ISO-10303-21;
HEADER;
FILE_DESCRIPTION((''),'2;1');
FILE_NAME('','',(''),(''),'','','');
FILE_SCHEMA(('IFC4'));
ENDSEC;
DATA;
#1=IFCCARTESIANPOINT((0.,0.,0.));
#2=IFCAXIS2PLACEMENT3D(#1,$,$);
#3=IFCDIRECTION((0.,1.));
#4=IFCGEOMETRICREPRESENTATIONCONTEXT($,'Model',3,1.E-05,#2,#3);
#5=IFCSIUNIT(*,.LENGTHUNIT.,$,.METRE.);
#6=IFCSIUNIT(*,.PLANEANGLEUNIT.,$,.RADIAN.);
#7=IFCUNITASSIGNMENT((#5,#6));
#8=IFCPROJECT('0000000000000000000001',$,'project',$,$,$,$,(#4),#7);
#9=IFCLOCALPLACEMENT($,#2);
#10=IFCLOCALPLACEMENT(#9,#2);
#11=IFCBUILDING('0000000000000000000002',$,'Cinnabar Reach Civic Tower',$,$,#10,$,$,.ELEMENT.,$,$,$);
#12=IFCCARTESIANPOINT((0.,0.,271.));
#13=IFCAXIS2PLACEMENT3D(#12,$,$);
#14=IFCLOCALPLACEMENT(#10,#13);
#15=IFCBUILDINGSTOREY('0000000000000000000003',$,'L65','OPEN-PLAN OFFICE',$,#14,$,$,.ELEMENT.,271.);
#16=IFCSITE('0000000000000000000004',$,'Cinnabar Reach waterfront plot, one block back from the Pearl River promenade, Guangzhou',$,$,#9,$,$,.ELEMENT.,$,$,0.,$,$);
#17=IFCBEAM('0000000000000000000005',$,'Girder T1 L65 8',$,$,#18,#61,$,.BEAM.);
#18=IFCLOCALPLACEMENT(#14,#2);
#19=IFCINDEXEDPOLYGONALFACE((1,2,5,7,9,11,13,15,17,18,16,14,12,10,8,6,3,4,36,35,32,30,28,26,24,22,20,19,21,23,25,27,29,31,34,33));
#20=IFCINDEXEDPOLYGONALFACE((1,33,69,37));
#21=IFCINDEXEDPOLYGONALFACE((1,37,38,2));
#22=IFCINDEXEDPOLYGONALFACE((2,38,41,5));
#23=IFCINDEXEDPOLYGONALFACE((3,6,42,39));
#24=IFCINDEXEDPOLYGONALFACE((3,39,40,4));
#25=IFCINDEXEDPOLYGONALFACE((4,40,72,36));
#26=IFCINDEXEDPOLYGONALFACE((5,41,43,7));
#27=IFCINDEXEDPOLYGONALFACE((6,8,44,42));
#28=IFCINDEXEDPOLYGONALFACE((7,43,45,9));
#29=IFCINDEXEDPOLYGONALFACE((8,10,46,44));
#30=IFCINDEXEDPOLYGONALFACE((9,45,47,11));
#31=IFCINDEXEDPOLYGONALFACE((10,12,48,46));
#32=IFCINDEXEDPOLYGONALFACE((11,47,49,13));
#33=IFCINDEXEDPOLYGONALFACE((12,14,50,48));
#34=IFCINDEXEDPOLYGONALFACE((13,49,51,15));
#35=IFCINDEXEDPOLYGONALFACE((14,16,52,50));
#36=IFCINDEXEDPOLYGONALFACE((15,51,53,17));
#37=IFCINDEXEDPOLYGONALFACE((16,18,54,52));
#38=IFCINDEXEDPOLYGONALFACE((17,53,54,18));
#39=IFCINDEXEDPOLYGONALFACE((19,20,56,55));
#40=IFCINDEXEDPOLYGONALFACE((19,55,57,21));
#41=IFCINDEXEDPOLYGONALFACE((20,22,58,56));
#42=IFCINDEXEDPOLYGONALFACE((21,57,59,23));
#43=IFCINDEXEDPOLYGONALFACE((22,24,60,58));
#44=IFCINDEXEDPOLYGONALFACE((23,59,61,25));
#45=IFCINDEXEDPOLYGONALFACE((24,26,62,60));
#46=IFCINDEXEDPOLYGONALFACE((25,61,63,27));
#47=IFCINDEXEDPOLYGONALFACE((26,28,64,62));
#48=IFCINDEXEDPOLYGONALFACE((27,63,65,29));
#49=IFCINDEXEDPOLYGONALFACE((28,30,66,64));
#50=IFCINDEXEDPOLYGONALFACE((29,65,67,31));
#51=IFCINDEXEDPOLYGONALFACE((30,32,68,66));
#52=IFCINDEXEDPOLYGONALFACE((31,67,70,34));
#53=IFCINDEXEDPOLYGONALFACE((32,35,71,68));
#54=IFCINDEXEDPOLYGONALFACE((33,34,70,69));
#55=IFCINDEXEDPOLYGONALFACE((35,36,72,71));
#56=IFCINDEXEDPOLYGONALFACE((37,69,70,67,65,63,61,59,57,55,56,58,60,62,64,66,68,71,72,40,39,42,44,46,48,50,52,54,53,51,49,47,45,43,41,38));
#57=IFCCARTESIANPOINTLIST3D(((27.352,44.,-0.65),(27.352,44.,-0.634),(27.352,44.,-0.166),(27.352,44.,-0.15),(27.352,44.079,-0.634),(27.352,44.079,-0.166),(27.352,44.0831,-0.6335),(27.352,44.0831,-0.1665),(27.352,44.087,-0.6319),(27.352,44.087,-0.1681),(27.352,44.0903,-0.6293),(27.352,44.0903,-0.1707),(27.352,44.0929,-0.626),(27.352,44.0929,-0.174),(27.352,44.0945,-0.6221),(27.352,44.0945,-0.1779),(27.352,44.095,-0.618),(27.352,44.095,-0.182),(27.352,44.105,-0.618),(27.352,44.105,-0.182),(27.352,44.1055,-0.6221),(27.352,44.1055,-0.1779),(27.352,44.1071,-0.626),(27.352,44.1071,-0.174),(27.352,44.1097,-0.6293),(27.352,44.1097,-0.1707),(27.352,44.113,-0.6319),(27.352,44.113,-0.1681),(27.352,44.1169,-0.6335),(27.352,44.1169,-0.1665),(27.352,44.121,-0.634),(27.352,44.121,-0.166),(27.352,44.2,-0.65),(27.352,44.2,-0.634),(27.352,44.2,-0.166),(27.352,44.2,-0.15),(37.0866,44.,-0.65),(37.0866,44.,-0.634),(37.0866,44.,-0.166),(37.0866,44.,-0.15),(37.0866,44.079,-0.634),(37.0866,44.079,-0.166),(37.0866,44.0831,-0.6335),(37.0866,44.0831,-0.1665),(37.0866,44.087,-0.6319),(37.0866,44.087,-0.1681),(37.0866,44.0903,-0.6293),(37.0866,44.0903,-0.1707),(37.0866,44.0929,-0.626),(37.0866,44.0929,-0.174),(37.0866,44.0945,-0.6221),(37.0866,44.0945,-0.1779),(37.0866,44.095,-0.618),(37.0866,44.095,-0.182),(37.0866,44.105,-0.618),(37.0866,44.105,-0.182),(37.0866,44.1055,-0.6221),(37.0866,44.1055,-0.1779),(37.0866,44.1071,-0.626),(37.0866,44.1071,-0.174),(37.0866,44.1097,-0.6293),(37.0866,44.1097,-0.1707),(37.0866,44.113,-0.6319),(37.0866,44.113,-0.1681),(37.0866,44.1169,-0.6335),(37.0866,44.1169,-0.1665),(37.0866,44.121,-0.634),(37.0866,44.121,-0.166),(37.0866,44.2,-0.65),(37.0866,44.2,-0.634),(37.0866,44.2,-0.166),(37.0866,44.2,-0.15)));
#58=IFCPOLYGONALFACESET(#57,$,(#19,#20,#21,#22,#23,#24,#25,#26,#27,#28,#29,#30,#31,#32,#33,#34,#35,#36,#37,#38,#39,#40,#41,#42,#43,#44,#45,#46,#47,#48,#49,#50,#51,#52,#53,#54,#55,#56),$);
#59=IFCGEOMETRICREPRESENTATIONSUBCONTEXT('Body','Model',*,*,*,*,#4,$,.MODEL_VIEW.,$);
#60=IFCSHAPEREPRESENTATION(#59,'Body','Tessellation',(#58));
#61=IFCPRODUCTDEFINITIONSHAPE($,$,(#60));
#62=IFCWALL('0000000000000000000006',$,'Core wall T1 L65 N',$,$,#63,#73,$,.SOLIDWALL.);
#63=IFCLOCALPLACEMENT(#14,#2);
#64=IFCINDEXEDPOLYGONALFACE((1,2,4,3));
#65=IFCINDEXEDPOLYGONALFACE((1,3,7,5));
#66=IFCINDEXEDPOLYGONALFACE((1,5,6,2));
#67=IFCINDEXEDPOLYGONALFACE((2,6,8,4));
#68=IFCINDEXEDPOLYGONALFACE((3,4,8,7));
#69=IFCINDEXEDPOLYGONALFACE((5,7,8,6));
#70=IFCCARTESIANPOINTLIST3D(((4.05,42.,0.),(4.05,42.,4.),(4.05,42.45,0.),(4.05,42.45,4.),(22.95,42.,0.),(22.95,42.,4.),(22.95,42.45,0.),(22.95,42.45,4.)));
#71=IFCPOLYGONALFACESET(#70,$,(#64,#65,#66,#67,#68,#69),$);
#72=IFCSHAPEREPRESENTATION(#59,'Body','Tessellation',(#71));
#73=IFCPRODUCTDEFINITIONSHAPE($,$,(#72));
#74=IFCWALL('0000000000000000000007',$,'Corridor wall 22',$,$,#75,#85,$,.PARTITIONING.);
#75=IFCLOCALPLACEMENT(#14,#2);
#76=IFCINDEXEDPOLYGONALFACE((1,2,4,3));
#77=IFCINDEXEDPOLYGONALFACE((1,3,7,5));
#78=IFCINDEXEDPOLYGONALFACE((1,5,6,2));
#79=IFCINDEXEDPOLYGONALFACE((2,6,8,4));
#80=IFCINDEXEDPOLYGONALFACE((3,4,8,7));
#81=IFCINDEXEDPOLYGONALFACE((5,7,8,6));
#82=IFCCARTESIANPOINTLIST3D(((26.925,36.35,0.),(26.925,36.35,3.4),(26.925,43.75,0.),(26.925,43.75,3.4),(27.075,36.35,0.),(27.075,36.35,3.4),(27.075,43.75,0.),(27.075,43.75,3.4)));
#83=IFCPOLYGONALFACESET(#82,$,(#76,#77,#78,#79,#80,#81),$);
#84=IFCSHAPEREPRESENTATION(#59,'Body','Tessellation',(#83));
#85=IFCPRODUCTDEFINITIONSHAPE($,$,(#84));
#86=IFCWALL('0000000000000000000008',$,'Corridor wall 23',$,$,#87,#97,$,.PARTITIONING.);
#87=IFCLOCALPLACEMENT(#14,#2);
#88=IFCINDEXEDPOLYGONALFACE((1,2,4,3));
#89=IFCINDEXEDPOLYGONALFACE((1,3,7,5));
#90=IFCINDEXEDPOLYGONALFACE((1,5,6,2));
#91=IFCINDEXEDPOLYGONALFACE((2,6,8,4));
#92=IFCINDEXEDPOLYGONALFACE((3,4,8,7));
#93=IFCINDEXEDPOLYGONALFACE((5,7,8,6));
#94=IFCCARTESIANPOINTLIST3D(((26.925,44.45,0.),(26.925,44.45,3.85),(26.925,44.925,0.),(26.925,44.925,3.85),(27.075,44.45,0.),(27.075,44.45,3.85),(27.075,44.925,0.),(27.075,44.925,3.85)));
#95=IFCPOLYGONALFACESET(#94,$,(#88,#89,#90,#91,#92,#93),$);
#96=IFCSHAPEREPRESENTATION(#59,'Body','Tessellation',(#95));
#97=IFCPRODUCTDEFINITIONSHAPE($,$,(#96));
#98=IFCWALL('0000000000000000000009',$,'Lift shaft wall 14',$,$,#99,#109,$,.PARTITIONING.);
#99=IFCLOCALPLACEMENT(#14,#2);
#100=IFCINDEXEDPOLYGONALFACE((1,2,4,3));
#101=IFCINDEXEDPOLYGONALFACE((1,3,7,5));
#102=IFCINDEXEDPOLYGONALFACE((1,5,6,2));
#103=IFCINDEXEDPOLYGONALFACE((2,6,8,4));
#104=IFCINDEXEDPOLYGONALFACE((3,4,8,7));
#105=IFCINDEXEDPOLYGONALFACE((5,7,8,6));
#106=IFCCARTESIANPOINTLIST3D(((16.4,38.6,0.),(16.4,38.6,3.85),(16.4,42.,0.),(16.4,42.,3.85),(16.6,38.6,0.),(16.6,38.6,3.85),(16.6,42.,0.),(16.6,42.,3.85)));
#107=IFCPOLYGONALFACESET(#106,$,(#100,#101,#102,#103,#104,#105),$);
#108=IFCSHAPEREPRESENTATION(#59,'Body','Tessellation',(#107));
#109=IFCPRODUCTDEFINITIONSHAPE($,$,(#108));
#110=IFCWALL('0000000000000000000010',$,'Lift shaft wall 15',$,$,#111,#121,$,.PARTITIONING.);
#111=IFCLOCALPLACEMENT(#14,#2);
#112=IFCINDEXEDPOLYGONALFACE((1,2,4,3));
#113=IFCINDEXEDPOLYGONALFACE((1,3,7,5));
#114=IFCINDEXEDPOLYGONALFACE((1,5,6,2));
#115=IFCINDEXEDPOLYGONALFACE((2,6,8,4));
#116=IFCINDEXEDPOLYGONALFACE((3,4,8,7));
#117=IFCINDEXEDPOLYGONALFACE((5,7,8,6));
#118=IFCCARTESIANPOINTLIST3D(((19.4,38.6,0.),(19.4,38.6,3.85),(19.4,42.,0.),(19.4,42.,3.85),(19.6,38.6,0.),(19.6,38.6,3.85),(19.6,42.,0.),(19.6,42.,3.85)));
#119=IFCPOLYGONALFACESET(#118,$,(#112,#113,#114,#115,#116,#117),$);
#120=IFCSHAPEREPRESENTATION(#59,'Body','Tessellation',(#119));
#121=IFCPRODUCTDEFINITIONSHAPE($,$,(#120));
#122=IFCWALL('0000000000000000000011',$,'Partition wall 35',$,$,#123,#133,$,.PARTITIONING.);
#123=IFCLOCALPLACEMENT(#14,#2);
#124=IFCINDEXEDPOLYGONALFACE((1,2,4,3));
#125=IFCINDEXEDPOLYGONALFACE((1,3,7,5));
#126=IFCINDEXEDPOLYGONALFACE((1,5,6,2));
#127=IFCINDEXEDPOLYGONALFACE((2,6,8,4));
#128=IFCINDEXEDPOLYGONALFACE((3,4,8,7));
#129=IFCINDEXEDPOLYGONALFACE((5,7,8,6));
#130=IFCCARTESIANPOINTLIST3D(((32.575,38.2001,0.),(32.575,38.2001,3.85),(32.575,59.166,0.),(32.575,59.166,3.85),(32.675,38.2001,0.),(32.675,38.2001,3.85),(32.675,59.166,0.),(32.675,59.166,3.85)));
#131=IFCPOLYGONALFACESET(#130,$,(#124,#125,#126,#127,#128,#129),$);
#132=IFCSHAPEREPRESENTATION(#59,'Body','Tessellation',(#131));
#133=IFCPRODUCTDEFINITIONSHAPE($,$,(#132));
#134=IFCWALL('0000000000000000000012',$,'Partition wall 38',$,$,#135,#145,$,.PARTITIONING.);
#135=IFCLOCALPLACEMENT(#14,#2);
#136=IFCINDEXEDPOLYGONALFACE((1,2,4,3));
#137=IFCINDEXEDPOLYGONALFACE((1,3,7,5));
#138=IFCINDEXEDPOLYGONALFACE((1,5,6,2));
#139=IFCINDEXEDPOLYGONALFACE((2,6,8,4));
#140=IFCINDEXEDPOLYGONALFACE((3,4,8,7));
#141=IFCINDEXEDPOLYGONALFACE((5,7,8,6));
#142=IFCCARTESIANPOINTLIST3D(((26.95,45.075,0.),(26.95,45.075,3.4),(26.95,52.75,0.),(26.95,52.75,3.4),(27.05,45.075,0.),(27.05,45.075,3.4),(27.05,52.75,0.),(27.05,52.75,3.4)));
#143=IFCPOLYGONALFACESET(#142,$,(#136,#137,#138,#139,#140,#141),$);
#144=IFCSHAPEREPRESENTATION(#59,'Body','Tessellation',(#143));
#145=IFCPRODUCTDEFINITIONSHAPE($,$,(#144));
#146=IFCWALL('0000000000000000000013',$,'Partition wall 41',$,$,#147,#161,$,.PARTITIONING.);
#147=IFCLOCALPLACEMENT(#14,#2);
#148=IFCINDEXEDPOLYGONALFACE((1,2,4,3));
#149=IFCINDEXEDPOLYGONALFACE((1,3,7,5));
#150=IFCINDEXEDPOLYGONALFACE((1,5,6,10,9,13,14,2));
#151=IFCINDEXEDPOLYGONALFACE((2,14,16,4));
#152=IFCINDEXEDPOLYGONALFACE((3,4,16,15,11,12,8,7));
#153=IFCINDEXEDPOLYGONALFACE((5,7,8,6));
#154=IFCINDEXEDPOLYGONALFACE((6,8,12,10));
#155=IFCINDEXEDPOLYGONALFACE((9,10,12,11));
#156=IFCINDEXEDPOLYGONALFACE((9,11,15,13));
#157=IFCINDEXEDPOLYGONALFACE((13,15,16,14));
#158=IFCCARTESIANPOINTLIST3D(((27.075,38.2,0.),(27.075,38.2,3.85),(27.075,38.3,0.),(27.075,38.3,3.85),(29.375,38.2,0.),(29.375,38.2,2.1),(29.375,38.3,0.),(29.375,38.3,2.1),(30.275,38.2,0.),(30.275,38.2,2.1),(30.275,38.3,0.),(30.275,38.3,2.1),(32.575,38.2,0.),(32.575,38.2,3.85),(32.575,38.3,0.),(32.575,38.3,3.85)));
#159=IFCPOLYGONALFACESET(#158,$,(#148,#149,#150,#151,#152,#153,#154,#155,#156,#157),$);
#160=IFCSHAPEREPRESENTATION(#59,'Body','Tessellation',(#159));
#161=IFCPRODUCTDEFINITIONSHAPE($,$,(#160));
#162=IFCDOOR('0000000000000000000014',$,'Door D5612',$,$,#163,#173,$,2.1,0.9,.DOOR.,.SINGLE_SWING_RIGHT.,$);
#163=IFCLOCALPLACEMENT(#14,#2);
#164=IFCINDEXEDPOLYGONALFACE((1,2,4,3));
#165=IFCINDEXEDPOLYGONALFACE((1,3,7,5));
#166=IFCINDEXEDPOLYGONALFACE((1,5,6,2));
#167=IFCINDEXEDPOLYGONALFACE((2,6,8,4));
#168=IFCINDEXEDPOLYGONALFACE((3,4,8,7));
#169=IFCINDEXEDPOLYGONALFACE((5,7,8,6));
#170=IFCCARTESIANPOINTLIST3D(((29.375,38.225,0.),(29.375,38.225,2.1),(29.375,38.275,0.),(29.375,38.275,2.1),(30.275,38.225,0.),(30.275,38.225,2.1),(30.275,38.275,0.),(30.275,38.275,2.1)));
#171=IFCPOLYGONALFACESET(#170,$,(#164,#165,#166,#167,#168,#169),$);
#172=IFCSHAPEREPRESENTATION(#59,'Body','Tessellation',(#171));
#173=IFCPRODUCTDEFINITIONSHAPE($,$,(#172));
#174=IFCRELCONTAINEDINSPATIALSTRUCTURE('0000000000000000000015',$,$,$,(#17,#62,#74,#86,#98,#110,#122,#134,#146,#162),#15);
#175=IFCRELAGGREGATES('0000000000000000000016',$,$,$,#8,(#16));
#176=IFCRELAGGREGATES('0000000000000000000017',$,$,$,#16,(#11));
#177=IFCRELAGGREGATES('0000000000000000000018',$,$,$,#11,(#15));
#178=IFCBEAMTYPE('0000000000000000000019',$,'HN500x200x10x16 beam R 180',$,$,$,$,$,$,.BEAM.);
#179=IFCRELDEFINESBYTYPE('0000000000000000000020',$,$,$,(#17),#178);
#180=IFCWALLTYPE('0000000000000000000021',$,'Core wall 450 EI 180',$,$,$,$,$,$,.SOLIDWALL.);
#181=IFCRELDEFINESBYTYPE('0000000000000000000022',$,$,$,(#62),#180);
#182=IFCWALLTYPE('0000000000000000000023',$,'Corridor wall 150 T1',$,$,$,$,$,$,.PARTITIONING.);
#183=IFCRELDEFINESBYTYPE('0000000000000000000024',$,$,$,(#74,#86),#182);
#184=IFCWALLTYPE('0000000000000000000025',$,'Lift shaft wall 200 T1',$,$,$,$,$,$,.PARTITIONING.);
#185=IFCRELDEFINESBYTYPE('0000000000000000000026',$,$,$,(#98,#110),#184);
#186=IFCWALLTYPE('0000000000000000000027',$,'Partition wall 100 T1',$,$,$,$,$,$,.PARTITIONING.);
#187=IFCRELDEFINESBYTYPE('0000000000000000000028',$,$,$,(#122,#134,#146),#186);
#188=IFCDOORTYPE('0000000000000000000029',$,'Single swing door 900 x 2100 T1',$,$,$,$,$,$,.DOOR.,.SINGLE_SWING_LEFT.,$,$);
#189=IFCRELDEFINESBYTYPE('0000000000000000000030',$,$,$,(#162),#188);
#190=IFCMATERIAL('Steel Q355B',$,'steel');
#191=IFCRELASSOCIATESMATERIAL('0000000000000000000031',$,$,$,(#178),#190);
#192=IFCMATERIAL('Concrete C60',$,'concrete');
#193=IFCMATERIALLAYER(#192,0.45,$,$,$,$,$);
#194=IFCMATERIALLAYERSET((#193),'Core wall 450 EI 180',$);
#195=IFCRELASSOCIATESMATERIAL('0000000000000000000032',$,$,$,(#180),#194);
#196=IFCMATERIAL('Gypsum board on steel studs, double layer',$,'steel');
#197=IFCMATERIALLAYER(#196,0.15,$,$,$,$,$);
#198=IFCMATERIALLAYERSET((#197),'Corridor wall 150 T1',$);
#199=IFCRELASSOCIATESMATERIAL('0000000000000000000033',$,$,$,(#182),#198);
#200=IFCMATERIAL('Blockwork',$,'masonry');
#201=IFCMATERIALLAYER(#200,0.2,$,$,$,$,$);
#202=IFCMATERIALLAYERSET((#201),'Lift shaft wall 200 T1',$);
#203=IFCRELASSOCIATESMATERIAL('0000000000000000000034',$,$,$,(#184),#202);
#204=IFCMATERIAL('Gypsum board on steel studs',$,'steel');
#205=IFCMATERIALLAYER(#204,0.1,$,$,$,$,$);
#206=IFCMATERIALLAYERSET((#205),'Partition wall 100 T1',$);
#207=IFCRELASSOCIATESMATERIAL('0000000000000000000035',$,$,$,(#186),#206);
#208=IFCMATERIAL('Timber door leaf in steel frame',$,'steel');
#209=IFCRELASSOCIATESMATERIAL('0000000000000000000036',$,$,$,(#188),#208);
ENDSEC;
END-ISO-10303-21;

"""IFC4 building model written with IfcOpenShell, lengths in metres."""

from ifc_helpers import new_model, si_unit, direction, frame, frame_2d, origin, origin_2d, place, context, subcontext, project, spatial, rectangle, i_section, extrude, material, layer, layer_set, material_profile, profile_set, type_object, element, fill, save


model = new_model("IFC4")

# Units and contexts
model_context = context("Model", 3, precision=1e-05, world=origin(), true_north=direction((0.0, 1.0)))
body_context = subcontext(model_context, "Body", "Model", "MODEL_VIEW")
ifc_project = project(units=[si_unit("LENGTHUNIT", "METRE"), si_unit("PLANEANGLEUNIT", "RADIAN")], contexts=[model_context])

# Site, building, storey
site_placement = place(None, origin())
site = spatial("IfcSite", under=ifc_project, at=site_placement, Name="Cinnabar Reach waterfront plot, one block back from the Pearl River promenade, Guangzhou", CompositionType="ELEMENT", RefElevation=0.0)
building_placement = place(site_placement, origin())
building = spatial("IfcBuilding", under=site, at=building_placement, Name="Cinnabar Reach Civic Tower", CompositionType="ELEMENT")
storey_placement = place(building_placement, frame((0.0, 0.0, 271.0)))
storey = spatial("IfcBuildingStorey", under=building, at=storey_placement, Name="L65", Description="OPEN-PLAN OFFICE", CompositionType="ELEMENT", Elevation=271.0)

# Shared definitions
ifc_material_1 = material(Name="Concrete C60", Category="concrete")

# Beam
ifc_material_2 = material(Name="Steel Q355B", Category="steel")
ifc_material_profile_1 = material_profile(ifc_material_2, i_section(OverallWidth=0.2, OverallDepth=0.5, WebThickness=0.01, FlangeThickness=0.016, FilletRadius=0.016, at=origin_2d()), Name="HN500x200x10x16")
ifc_profile_set_1 = profile_set([ifc_material_profile_1], Name="Steel Q355B")
beam_type_1 = type_object("IfcBeamType", Name="HN500x200x10x16 beam R 180", PredefinedType="BEAM", material=ifc_profile_set_1)
beam_1_placement = place(storey_placement, frame((27.352, 44.1, -0.4), z_axis=(1.0, 0.0, 0.0), x_axis=(0.0, 1.0, 0.0)))
element("IfcBeam", 1, at=beam_1_placement, inside=storey, type_object=beam_type_1, Name="Girder T1 L65 8", PredefinedType="BEAM", context=body_context, shape_type="SweptSolid", body=[
    extrude(i_section(OverallWidth=0.2, OverallDepth=0.5, WebThickness=0.01, FlangeThickness=0.016, FilletRadius=0.016, at=origin_2d()), origin(), (0.0, 0.0, 1.0), 9.7346),
])

# Walls
ifc_layer_1 = layer(ifc_material_1, 0.45)
ifc_layer_set_1 = layer_set([ifc_layer_1], Name="Core wall 450 EI 180")
wall_type_1 = type_object("IfcWallType", Name="Core wall 450 EI 180", PredefinedType="SOLIDWALL", material=ifc_layer_set_1)
wall_1_placement = place(storey_placement, frame((22.95, 42.225, 0.0), z_axis=(0.0, 0.0, 1.0), x_axis=(-1.0, 0.0, 0.0)))
element("IfcWall", 2, at=wall_1_placement, inside=storey, type_object=wall_type_1, Name="Core wall T1 L65 N", PredefinedType="SOLIDWALL", context=body_context, shape_type="SweptSolid", body=[
    extrude(rectangle(XDim=18.9, YDim=0.45, at=frame_2d((9.45, 0.0))), origin(), (0.0, 0.0, 1.0), 4.0),
])
ifc_material_3 = material(Name="Gypsum board on steel studs, double layer", Category="steel")
ifc_layer_2 = layer(ifc_material_3, 0.15)
ifc_layer_set_2 = layer_set([ifc_layer_2], Name="Corridor wall 150 T1")
wall_type_2 = type_object("IfcWallType", Name="Corridor wall 150 T1", PredefinedType="PARTITIONING", material=ifc_layer_set_2)
wall_2_placement = place(storey_placement, frame((27.0, 36.35, 0.0), z_axis=(0.0, 0.0, 1.0), x_axis=(0.0, 1.0, 0.0)))
element("IfcWall", 3, at=wall_2_placement, inside=storey, type_object=wall_type_2, Name="Corridor wall 22", PredefinedType="PARTITIONING", context=body_context, shape_type="SweptSolid", body=[
    extrude(rectangle(XDim=7.4, YDim=0.15, at=frame_2d((3.7, 0.0))), origin(), (0.0, 0.0, 1.0), 3.4),
])
wall_3_placement = place(storey_placement, frame((27.0, 44.45, 0.0), z_axis=(0.0, 0.0, 1.0), x_axis=(0.0, 1.0, 0.0)))
element("IfcWall", 4, at=wall_3_placement, inside=storey, type_object=wall_type_2, Name="Corridor wall 23", PredefinedType="PARTITIONING", context=body_context, shape_type="SweptSolid", body=[
    extrude(rectangle(XDim=0.475, YDim=0.15, at=frame_2d((0.2375, 0.0))), origin(), (0.0, 0.0, 1.0), 3.85),
])
ifc_material_4 = material(Name="Blockwork", Category="masonry")
ifc_layer_3 = layer(ifc_material_4, 0.2)
ifc_layer_set_3 = layer_set([ifc_layer_3], Name="Lift shaft wall 200 T1")
wall_type_3 = type_object("IfcWallType", Name="Lift shaft wall 200 T1", PredefinedType="PARTITIONING", material=ifc_layer_set_3)
for number, where, z_axis, x_axis, name in (
    (5, (16.5, 38.6, 0.0), (0.0, 0.0, 1.0), (0.0, 1.0, 0.0), "Lift shaft wall 14"),
    (6, (19.5, 38.6, 0.0), (0.0, 0.0, 1.0), (0.0, 1.0, 0.0), "Lift shaft wall 15"),
):
    element("IfcWall", number, at=place(storey_placement, frame(where, z_axis=z_axis, x_axis=x_axis)), inside=storey, type_object=wall_type_3, Name=name, PredefinedType="PARTITIONING", context=body_context, shape_type="SweptSolid", body=[
        extrude(rectangle(XDim=3.4, YDim=0.2, at=frame_2d((1.7, 0.0))), origin(), (0.0, 0.0, 1.0), 3.85),
    ])
ifc_material_5 = material(Name="Gypsum board on steel studs", Category="steel")
ifc_layer_4 = layer(ifc_material_5, 0.1)
ifc_layer_set_4 = layer_set([ifc_layer_4], Name="Partition wall 100 T1")
wall_type_4 = type_object("IfcWallType", Name="Partition wall 100 T1", PredefinedType="PARTITIONING", material=ifc_layer_set_4)
wall_4_placement = place(storey_placement, frame((32.625, 38.2, 0.0), z_axis=(0.0, 0.0, 1.0), x_axis=(0.0, 1.0, 0.0)))
element("IfcWall", 7, at=wall_4_placement, inside=storey, type_object=wall_type_4, Name="Partition wall 35", PredefinedType="PARTITIONING", context=body_context, shape_type="SweptSolid", body=[
    extrude(rectangle(XDim=20.9659, YDim=0.1, at=frame_2d((10.483, 0.0))), origin(), (0.0, 0.0, 1.0), 3.85),
])
wall_5_placement = place(storey_placement, frame((27.0, 45.075, 0.0), z_axis=(0.0, 0.0, 1.0), x_axis=(0.0, 1.0, 0.0)))
element("IfcWall", 8, at=wall_5_placement, inside=storey, type_object=wall_type_4, Name="Partition wall 38", PredefinedType="PARTITIONING", context=body_context, shape_type="SweptSolid", body=[
    extrude(rectangle(XDim=7.675, YDim=0.1, at=frame_2d((3.8375, 0.0))), origin(), (0.0, 0.0, 1.0), 3.4),
])

# Wall, opening, door
wall_6_placement = place(storey_placement, frame((27.075, 38.25, 0.0), z_axis=(0.0, 0.0, 1.0), x_axis=(1.0, 0.0, 0.0)))
wall_6 = element("IfcWall", 9, at=wall_6_placement, inside=storey, type_object=wall_type_4, Name="Partition wall 41", PredefinedType="PARTITIONING", context=body_context, shape_type="SweptSolid", body=[
    extrude(rectangle(XDim=5.5, YDim=0.1, at=frame_2d((2.75, 0.0))), origin(), (0.0, 0.0, 1.0), 3.85),
])
opening_1_placement = place(wall_6_placement, frame((2.3, 0.0, 0.0)))
opening_1 = element("IfcOpeningElement", 10, at=opening_1_placement, cuts=wall_6, PredefinedType="OPENING", context=body_context, shape_type="SweptSolid", body=[
    extrude(rectangle(XDim=0.9, YDim=2.1, at=frame_2d((0.45, 1.05))), frame((0.0, 0.06, 0.0), z_axis=(0.0, -1.0, 0.0), x_axis=(1.0, 0.0, 0.0)), (0.0, 0.0, 1.0), 0.12),
])
ifc_material_6 = material(Name="Timber door leaf in steel frame", Category="steel")
door_type_1 = type_object("IfcDoorType", Name="Single swing door 900 x 2100 T1", OperationType="SINGLE_SWING_LEFT", PredefinedType="DOOR", material=ifc_material_6)
door_1_placement = place(opening_1_placement, frame((0.9, 0.0, 0.0), z_axis=(0.0, 0.0, 1.0), x_axis=(-1.0, 0.0, 0.0)))
door_1 = element("IfcDoor", 11, at=door_1_placement, inside=storey, type_object=door_type_1, Name="Door D5612", OperationType="SINGLE_SWING_RIGHT", OverallHeight=2.1, OverallWidth=0.9, PredefinedType="DOOR", context=body_context, shape_type="SweptSolid", body=[
    extrude(rectangle(XDim=0.9, YDim=2.1, at=frame_2d((0.45, 1.05))), frame((0.0, 0.025, 0.0), z_axis=(0.0, -1.0, 0.0), x_axis=(1.0, 0.0, 0.0)), (0.0, 0.0, 1.0), 0.05),
])
fill(opening_1, door_1)

save(model, "model.ifc")
